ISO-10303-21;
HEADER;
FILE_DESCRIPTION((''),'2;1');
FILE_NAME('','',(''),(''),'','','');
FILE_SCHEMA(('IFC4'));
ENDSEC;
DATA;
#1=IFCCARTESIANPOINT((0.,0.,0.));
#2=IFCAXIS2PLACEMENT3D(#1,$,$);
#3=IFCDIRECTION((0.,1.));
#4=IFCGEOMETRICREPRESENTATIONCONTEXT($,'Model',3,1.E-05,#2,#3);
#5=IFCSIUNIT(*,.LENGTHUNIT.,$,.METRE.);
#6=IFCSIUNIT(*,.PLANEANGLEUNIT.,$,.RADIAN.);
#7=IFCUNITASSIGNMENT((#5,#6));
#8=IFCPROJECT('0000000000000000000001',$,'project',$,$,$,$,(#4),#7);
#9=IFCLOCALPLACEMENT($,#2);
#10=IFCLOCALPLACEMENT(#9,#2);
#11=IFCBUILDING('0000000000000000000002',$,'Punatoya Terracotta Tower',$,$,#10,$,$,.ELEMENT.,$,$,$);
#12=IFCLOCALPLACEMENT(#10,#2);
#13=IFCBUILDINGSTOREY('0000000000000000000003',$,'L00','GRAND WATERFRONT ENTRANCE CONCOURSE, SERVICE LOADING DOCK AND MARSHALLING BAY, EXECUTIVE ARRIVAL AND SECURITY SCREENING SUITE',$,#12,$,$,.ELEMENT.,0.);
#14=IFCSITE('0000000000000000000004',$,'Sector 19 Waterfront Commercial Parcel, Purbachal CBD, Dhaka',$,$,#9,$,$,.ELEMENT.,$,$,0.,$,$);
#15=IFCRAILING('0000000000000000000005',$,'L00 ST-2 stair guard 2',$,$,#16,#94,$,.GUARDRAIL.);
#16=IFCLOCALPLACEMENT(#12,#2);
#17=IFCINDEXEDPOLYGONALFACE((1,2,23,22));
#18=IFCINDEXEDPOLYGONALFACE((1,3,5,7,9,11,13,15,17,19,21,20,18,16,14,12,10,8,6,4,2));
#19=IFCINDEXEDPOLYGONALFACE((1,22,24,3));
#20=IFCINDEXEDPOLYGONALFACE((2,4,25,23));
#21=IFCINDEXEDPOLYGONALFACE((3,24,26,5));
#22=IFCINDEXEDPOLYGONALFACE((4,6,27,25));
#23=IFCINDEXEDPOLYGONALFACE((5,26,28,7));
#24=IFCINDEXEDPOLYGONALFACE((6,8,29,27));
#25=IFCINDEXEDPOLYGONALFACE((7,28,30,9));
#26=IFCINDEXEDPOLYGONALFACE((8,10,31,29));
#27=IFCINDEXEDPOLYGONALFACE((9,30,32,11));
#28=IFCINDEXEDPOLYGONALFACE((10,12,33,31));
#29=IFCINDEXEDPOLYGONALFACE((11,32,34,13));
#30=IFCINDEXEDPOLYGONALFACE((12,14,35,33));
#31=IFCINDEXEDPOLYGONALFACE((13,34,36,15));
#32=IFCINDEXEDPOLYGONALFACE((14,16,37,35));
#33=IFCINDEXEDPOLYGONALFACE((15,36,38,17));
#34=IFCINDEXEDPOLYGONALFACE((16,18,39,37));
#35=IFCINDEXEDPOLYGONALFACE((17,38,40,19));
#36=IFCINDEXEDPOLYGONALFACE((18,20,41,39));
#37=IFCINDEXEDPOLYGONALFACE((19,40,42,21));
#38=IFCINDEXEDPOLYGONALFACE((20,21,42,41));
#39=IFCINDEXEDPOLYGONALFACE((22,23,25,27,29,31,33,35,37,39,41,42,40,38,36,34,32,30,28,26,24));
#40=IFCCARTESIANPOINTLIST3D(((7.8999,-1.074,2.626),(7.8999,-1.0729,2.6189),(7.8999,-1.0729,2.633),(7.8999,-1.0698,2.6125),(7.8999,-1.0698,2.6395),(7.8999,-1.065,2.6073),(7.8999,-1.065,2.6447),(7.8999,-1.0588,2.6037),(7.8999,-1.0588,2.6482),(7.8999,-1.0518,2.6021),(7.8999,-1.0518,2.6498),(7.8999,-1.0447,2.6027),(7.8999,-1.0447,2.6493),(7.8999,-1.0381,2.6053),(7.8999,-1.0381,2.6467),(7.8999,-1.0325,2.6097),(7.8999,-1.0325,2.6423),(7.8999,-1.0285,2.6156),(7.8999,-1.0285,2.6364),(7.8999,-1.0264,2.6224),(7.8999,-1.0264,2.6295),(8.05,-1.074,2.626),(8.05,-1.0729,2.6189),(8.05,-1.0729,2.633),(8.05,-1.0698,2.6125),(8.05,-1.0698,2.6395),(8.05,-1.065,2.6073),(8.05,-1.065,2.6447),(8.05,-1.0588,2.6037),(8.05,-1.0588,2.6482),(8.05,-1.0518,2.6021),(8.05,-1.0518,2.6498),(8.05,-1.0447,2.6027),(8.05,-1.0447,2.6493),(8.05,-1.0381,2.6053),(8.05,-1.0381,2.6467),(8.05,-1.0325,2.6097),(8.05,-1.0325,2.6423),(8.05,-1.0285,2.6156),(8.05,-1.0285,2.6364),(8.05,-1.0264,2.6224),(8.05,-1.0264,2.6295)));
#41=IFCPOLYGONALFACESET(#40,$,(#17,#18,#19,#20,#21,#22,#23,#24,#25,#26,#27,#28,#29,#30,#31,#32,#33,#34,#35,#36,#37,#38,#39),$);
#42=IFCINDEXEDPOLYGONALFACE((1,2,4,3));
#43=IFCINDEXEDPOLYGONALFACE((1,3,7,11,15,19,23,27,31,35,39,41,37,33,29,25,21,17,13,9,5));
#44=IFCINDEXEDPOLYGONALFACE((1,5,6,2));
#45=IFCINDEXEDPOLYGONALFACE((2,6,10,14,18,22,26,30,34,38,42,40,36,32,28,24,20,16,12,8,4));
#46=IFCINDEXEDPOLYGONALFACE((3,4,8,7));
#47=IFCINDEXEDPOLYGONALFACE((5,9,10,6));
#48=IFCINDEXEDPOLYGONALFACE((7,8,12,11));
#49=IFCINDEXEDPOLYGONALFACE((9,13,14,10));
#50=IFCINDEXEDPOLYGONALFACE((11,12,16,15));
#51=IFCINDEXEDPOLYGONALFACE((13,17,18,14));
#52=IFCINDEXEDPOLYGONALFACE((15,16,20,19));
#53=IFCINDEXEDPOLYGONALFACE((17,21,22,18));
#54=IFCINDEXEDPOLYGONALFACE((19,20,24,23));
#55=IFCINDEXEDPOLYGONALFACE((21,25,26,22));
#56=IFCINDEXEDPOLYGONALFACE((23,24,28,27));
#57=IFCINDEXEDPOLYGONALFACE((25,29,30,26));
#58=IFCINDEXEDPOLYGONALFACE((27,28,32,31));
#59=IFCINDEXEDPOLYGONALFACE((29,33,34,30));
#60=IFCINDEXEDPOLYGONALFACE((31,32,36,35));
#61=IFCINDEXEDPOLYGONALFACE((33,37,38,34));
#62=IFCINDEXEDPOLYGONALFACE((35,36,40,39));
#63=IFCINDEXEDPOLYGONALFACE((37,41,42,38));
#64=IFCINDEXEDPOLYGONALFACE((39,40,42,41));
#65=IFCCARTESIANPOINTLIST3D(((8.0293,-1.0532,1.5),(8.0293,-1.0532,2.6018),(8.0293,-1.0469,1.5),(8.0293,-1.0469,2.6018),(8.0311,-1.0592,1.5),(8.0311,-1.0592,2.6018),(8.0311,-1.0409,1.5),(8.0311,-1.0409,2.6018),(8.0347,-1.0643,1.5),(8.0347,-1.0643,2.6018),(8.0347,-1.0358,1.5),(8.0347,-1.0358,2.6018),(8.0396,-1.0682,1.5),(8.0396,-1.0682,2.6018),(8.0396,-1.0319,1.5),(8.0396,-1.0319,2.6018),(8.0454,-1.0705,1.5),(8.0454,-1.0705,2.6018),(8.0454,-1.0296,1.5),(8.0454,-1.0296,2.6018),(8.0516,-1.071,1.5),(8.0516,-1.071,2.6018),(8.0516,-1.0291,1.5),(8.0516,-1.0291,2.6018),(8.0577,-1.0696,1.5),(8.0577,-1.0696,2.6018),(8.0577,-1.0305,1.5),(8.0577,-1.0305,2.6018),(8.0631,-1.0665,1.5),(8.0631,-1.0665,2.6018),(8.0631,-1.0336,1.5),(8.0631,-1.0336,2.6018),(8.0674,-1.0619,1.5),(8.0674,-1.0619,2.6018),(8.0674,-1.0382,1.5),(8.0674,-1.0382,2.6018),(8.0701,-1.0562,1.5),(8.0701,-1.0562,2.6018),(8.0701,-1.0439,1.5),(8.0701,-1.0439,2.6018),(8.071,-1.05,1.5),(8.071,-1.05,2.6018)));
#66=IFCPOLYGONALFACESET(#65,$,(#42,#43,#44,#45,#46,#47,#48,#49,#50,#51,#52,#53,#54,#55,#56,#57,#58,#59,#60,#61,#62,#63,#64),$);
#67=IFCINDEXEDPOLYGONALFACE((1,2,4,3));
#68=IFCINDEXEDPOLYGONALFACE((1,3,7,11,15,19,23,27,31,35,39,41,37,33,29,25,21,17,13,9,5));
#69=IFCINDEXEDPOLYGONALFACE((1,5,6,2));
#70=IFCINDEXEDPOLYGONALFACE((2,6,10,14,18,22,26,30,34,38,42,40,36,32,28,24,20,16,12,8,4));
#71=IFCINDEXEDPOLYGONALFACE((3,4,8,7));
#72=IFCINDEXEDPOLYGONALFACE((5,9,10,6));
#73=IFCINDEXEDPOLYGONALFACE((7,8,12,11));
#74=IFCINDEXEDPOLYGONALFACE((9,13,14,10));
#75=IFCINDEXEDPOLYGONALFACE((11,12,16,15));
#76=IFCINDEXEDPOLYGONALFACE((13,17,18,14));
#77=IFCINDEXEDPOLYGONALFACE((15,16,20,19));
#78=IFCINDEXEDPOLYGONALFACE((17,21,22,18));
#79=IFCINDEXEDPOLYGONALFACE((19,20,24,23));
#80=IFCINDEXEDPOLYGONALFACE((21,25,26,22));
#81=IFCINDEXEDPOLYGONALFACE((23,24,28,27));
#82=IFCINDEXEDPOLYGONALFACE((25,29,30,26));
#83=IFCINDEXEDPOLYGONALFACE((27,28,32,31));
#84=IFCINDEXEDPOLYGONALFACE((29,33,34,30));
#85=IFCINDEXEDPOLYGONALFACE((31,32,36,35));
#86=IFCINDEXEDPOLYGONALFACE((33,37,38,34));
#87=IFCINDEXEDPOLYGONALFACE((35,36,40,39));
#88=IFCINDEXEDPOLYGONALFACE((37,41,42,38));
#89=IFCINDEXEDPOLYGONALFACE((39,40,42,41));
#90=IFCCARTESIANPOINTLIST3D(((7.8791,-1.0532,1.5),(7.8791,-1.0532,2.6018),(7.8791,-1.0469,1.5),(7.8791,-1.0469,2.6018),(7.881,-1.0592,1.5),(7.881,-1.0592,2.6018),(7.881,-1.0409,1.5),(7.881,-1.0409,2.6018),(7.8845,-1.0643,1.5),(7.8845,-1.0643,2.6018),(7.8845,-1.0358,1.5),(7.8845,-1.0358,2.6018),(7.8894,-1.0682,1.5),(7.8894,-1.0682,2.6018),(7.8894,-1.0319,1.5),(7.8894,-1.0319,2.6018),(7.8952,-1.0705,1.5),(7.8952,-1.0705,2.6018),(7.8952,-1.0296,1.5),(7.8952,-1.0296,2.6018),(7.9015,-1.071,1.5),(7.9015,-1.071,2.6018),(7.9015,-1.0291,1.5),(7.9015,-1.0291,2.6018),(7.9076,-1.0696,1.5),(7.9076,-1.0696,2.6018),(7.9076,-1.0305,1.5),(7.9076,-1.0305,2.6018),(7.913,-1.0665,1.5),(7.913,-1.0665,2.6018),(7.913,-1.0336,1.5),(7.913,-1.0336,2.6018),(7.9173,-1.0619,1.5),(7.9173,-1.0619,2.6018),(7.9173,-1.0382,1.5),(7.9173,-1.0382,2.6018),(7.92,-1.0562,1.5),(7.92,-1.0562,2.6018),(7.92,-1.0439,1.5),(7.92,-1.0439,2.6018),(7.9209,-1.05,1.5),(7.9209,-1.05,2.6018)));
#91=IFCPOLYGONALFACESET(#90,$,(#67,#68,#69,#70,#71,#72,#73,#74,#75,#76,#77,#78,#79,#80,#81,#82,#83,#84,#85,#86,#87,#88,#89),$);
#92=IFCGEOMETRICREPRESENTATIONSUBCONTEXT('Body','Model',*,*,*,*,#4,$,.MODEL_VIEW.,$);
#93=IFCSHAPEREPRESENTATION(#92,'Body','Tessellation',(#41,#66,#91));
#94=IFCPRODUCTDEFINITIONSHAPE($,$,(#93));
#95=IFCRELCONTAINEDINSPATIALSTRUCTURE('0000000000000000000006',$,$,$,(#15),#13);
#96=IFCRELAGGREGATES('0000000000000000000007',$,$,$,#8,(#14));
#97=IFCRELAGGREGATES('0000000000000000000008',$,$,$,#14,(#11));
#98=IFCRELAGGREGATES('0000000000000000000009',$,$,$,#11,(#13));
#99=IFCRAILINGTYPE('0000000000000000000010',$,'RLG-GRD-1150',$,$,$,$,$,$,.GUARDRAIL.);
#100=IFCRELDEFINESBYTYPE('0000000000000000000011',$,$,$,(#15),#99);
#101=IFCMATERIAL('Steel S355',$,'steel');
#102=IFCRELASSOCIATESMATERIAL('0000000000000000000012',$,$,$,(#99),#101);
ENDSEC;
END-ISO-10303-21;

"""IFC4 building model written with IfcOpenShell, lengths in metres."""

from ifc_helpers import new_model, si_unit, direction, frame, origin, origin_2d, place, context, subcontext, project, spatial, circle, extrude, material, type_object, element, save


model = new_model("IFC4")

# Units and contexts
model_context = context("Model", 3, precision=1e-05, world=origin(), true_north=direction((0.0, 1.0)))
body_context = subcontext(model_context, "Body", "Model", "MODEL_VIEW")
ifc_project = project(units=[si_unit("LENGTHUNIT", "METRE"), si_unit("PLANEANGLEUNIT", "RADIAN")], contexts=[model_context])

# Site, building, storey
site_placement = place(None, origin())
site = spatial("IfcSite", under=ifc_project, at=site_placement, Name="Sector 19 Waterfront Commercial Parcel, Purbachal CBD, Dhaka", CompositionType="ELEMENT", RefElevation=0.0)
building_placement = place(site_placement, origin())
building = spatial("IfcBuilding", under=site, at=building_placement, Name="Punatoya Terracotta Tower", CompositionType="ELEMENT")
storey_placement = place(building_placement, origin())
storey = spatial("IfcBuildingStorey", under=building, at=storey_placement, Name="L00", Description="GRAND WATERFRONT ENTRANCE CONCOURSE, SERVICE LOADING DOCK AND MARSHALLING BAY, EXECUTIVE ARRIVAL AND SECURITY SCREENING SUITE", CompositionType="ELEMENT", Elevation=0.0)

# Shared definitions
ifc_material_1 = material(Name="Steel S355", Category="steel")

# Railing
railing_type_1 = type_object("IfcRailingType", Name="RLG-GRD-1150", PredefinedType="GUARDRAIL", material=ifc_material_1)
railing_1_placement = place(storey_placement, frame((8.05, -1.05, 1.5)))
element("IfcRailing", 1, at=railing_1_placement, inside=storey, type_object=railing_type_1, Name="L00 ST-2 stair guard 2", PredefinedType="GUARDRAIL", context=body_context, shape_type="SweptSolid", body=[
    extrude(circle(Radius=0.0239, at=origin_2d()), frame((0.0, 0.0, 1.126), z_axis=(-1.0, 0.0, 0.0), x_axis=(0.0, -1.0, 0.0)), (0.0, 0.0, 1.0), 0.1501),
    extrude(circle(Radius=0.021, at=origin_2d()), origin(), (0.0, 0.0, 1.0), 1.1018),
    extrude(circle(Radius=0.021, at=origin_2d()), frame((-0.1501, 0.0, 0.0)), (0.0, 0.0, 1.0), 1.1018),
])

save(model, "model.ifc")
